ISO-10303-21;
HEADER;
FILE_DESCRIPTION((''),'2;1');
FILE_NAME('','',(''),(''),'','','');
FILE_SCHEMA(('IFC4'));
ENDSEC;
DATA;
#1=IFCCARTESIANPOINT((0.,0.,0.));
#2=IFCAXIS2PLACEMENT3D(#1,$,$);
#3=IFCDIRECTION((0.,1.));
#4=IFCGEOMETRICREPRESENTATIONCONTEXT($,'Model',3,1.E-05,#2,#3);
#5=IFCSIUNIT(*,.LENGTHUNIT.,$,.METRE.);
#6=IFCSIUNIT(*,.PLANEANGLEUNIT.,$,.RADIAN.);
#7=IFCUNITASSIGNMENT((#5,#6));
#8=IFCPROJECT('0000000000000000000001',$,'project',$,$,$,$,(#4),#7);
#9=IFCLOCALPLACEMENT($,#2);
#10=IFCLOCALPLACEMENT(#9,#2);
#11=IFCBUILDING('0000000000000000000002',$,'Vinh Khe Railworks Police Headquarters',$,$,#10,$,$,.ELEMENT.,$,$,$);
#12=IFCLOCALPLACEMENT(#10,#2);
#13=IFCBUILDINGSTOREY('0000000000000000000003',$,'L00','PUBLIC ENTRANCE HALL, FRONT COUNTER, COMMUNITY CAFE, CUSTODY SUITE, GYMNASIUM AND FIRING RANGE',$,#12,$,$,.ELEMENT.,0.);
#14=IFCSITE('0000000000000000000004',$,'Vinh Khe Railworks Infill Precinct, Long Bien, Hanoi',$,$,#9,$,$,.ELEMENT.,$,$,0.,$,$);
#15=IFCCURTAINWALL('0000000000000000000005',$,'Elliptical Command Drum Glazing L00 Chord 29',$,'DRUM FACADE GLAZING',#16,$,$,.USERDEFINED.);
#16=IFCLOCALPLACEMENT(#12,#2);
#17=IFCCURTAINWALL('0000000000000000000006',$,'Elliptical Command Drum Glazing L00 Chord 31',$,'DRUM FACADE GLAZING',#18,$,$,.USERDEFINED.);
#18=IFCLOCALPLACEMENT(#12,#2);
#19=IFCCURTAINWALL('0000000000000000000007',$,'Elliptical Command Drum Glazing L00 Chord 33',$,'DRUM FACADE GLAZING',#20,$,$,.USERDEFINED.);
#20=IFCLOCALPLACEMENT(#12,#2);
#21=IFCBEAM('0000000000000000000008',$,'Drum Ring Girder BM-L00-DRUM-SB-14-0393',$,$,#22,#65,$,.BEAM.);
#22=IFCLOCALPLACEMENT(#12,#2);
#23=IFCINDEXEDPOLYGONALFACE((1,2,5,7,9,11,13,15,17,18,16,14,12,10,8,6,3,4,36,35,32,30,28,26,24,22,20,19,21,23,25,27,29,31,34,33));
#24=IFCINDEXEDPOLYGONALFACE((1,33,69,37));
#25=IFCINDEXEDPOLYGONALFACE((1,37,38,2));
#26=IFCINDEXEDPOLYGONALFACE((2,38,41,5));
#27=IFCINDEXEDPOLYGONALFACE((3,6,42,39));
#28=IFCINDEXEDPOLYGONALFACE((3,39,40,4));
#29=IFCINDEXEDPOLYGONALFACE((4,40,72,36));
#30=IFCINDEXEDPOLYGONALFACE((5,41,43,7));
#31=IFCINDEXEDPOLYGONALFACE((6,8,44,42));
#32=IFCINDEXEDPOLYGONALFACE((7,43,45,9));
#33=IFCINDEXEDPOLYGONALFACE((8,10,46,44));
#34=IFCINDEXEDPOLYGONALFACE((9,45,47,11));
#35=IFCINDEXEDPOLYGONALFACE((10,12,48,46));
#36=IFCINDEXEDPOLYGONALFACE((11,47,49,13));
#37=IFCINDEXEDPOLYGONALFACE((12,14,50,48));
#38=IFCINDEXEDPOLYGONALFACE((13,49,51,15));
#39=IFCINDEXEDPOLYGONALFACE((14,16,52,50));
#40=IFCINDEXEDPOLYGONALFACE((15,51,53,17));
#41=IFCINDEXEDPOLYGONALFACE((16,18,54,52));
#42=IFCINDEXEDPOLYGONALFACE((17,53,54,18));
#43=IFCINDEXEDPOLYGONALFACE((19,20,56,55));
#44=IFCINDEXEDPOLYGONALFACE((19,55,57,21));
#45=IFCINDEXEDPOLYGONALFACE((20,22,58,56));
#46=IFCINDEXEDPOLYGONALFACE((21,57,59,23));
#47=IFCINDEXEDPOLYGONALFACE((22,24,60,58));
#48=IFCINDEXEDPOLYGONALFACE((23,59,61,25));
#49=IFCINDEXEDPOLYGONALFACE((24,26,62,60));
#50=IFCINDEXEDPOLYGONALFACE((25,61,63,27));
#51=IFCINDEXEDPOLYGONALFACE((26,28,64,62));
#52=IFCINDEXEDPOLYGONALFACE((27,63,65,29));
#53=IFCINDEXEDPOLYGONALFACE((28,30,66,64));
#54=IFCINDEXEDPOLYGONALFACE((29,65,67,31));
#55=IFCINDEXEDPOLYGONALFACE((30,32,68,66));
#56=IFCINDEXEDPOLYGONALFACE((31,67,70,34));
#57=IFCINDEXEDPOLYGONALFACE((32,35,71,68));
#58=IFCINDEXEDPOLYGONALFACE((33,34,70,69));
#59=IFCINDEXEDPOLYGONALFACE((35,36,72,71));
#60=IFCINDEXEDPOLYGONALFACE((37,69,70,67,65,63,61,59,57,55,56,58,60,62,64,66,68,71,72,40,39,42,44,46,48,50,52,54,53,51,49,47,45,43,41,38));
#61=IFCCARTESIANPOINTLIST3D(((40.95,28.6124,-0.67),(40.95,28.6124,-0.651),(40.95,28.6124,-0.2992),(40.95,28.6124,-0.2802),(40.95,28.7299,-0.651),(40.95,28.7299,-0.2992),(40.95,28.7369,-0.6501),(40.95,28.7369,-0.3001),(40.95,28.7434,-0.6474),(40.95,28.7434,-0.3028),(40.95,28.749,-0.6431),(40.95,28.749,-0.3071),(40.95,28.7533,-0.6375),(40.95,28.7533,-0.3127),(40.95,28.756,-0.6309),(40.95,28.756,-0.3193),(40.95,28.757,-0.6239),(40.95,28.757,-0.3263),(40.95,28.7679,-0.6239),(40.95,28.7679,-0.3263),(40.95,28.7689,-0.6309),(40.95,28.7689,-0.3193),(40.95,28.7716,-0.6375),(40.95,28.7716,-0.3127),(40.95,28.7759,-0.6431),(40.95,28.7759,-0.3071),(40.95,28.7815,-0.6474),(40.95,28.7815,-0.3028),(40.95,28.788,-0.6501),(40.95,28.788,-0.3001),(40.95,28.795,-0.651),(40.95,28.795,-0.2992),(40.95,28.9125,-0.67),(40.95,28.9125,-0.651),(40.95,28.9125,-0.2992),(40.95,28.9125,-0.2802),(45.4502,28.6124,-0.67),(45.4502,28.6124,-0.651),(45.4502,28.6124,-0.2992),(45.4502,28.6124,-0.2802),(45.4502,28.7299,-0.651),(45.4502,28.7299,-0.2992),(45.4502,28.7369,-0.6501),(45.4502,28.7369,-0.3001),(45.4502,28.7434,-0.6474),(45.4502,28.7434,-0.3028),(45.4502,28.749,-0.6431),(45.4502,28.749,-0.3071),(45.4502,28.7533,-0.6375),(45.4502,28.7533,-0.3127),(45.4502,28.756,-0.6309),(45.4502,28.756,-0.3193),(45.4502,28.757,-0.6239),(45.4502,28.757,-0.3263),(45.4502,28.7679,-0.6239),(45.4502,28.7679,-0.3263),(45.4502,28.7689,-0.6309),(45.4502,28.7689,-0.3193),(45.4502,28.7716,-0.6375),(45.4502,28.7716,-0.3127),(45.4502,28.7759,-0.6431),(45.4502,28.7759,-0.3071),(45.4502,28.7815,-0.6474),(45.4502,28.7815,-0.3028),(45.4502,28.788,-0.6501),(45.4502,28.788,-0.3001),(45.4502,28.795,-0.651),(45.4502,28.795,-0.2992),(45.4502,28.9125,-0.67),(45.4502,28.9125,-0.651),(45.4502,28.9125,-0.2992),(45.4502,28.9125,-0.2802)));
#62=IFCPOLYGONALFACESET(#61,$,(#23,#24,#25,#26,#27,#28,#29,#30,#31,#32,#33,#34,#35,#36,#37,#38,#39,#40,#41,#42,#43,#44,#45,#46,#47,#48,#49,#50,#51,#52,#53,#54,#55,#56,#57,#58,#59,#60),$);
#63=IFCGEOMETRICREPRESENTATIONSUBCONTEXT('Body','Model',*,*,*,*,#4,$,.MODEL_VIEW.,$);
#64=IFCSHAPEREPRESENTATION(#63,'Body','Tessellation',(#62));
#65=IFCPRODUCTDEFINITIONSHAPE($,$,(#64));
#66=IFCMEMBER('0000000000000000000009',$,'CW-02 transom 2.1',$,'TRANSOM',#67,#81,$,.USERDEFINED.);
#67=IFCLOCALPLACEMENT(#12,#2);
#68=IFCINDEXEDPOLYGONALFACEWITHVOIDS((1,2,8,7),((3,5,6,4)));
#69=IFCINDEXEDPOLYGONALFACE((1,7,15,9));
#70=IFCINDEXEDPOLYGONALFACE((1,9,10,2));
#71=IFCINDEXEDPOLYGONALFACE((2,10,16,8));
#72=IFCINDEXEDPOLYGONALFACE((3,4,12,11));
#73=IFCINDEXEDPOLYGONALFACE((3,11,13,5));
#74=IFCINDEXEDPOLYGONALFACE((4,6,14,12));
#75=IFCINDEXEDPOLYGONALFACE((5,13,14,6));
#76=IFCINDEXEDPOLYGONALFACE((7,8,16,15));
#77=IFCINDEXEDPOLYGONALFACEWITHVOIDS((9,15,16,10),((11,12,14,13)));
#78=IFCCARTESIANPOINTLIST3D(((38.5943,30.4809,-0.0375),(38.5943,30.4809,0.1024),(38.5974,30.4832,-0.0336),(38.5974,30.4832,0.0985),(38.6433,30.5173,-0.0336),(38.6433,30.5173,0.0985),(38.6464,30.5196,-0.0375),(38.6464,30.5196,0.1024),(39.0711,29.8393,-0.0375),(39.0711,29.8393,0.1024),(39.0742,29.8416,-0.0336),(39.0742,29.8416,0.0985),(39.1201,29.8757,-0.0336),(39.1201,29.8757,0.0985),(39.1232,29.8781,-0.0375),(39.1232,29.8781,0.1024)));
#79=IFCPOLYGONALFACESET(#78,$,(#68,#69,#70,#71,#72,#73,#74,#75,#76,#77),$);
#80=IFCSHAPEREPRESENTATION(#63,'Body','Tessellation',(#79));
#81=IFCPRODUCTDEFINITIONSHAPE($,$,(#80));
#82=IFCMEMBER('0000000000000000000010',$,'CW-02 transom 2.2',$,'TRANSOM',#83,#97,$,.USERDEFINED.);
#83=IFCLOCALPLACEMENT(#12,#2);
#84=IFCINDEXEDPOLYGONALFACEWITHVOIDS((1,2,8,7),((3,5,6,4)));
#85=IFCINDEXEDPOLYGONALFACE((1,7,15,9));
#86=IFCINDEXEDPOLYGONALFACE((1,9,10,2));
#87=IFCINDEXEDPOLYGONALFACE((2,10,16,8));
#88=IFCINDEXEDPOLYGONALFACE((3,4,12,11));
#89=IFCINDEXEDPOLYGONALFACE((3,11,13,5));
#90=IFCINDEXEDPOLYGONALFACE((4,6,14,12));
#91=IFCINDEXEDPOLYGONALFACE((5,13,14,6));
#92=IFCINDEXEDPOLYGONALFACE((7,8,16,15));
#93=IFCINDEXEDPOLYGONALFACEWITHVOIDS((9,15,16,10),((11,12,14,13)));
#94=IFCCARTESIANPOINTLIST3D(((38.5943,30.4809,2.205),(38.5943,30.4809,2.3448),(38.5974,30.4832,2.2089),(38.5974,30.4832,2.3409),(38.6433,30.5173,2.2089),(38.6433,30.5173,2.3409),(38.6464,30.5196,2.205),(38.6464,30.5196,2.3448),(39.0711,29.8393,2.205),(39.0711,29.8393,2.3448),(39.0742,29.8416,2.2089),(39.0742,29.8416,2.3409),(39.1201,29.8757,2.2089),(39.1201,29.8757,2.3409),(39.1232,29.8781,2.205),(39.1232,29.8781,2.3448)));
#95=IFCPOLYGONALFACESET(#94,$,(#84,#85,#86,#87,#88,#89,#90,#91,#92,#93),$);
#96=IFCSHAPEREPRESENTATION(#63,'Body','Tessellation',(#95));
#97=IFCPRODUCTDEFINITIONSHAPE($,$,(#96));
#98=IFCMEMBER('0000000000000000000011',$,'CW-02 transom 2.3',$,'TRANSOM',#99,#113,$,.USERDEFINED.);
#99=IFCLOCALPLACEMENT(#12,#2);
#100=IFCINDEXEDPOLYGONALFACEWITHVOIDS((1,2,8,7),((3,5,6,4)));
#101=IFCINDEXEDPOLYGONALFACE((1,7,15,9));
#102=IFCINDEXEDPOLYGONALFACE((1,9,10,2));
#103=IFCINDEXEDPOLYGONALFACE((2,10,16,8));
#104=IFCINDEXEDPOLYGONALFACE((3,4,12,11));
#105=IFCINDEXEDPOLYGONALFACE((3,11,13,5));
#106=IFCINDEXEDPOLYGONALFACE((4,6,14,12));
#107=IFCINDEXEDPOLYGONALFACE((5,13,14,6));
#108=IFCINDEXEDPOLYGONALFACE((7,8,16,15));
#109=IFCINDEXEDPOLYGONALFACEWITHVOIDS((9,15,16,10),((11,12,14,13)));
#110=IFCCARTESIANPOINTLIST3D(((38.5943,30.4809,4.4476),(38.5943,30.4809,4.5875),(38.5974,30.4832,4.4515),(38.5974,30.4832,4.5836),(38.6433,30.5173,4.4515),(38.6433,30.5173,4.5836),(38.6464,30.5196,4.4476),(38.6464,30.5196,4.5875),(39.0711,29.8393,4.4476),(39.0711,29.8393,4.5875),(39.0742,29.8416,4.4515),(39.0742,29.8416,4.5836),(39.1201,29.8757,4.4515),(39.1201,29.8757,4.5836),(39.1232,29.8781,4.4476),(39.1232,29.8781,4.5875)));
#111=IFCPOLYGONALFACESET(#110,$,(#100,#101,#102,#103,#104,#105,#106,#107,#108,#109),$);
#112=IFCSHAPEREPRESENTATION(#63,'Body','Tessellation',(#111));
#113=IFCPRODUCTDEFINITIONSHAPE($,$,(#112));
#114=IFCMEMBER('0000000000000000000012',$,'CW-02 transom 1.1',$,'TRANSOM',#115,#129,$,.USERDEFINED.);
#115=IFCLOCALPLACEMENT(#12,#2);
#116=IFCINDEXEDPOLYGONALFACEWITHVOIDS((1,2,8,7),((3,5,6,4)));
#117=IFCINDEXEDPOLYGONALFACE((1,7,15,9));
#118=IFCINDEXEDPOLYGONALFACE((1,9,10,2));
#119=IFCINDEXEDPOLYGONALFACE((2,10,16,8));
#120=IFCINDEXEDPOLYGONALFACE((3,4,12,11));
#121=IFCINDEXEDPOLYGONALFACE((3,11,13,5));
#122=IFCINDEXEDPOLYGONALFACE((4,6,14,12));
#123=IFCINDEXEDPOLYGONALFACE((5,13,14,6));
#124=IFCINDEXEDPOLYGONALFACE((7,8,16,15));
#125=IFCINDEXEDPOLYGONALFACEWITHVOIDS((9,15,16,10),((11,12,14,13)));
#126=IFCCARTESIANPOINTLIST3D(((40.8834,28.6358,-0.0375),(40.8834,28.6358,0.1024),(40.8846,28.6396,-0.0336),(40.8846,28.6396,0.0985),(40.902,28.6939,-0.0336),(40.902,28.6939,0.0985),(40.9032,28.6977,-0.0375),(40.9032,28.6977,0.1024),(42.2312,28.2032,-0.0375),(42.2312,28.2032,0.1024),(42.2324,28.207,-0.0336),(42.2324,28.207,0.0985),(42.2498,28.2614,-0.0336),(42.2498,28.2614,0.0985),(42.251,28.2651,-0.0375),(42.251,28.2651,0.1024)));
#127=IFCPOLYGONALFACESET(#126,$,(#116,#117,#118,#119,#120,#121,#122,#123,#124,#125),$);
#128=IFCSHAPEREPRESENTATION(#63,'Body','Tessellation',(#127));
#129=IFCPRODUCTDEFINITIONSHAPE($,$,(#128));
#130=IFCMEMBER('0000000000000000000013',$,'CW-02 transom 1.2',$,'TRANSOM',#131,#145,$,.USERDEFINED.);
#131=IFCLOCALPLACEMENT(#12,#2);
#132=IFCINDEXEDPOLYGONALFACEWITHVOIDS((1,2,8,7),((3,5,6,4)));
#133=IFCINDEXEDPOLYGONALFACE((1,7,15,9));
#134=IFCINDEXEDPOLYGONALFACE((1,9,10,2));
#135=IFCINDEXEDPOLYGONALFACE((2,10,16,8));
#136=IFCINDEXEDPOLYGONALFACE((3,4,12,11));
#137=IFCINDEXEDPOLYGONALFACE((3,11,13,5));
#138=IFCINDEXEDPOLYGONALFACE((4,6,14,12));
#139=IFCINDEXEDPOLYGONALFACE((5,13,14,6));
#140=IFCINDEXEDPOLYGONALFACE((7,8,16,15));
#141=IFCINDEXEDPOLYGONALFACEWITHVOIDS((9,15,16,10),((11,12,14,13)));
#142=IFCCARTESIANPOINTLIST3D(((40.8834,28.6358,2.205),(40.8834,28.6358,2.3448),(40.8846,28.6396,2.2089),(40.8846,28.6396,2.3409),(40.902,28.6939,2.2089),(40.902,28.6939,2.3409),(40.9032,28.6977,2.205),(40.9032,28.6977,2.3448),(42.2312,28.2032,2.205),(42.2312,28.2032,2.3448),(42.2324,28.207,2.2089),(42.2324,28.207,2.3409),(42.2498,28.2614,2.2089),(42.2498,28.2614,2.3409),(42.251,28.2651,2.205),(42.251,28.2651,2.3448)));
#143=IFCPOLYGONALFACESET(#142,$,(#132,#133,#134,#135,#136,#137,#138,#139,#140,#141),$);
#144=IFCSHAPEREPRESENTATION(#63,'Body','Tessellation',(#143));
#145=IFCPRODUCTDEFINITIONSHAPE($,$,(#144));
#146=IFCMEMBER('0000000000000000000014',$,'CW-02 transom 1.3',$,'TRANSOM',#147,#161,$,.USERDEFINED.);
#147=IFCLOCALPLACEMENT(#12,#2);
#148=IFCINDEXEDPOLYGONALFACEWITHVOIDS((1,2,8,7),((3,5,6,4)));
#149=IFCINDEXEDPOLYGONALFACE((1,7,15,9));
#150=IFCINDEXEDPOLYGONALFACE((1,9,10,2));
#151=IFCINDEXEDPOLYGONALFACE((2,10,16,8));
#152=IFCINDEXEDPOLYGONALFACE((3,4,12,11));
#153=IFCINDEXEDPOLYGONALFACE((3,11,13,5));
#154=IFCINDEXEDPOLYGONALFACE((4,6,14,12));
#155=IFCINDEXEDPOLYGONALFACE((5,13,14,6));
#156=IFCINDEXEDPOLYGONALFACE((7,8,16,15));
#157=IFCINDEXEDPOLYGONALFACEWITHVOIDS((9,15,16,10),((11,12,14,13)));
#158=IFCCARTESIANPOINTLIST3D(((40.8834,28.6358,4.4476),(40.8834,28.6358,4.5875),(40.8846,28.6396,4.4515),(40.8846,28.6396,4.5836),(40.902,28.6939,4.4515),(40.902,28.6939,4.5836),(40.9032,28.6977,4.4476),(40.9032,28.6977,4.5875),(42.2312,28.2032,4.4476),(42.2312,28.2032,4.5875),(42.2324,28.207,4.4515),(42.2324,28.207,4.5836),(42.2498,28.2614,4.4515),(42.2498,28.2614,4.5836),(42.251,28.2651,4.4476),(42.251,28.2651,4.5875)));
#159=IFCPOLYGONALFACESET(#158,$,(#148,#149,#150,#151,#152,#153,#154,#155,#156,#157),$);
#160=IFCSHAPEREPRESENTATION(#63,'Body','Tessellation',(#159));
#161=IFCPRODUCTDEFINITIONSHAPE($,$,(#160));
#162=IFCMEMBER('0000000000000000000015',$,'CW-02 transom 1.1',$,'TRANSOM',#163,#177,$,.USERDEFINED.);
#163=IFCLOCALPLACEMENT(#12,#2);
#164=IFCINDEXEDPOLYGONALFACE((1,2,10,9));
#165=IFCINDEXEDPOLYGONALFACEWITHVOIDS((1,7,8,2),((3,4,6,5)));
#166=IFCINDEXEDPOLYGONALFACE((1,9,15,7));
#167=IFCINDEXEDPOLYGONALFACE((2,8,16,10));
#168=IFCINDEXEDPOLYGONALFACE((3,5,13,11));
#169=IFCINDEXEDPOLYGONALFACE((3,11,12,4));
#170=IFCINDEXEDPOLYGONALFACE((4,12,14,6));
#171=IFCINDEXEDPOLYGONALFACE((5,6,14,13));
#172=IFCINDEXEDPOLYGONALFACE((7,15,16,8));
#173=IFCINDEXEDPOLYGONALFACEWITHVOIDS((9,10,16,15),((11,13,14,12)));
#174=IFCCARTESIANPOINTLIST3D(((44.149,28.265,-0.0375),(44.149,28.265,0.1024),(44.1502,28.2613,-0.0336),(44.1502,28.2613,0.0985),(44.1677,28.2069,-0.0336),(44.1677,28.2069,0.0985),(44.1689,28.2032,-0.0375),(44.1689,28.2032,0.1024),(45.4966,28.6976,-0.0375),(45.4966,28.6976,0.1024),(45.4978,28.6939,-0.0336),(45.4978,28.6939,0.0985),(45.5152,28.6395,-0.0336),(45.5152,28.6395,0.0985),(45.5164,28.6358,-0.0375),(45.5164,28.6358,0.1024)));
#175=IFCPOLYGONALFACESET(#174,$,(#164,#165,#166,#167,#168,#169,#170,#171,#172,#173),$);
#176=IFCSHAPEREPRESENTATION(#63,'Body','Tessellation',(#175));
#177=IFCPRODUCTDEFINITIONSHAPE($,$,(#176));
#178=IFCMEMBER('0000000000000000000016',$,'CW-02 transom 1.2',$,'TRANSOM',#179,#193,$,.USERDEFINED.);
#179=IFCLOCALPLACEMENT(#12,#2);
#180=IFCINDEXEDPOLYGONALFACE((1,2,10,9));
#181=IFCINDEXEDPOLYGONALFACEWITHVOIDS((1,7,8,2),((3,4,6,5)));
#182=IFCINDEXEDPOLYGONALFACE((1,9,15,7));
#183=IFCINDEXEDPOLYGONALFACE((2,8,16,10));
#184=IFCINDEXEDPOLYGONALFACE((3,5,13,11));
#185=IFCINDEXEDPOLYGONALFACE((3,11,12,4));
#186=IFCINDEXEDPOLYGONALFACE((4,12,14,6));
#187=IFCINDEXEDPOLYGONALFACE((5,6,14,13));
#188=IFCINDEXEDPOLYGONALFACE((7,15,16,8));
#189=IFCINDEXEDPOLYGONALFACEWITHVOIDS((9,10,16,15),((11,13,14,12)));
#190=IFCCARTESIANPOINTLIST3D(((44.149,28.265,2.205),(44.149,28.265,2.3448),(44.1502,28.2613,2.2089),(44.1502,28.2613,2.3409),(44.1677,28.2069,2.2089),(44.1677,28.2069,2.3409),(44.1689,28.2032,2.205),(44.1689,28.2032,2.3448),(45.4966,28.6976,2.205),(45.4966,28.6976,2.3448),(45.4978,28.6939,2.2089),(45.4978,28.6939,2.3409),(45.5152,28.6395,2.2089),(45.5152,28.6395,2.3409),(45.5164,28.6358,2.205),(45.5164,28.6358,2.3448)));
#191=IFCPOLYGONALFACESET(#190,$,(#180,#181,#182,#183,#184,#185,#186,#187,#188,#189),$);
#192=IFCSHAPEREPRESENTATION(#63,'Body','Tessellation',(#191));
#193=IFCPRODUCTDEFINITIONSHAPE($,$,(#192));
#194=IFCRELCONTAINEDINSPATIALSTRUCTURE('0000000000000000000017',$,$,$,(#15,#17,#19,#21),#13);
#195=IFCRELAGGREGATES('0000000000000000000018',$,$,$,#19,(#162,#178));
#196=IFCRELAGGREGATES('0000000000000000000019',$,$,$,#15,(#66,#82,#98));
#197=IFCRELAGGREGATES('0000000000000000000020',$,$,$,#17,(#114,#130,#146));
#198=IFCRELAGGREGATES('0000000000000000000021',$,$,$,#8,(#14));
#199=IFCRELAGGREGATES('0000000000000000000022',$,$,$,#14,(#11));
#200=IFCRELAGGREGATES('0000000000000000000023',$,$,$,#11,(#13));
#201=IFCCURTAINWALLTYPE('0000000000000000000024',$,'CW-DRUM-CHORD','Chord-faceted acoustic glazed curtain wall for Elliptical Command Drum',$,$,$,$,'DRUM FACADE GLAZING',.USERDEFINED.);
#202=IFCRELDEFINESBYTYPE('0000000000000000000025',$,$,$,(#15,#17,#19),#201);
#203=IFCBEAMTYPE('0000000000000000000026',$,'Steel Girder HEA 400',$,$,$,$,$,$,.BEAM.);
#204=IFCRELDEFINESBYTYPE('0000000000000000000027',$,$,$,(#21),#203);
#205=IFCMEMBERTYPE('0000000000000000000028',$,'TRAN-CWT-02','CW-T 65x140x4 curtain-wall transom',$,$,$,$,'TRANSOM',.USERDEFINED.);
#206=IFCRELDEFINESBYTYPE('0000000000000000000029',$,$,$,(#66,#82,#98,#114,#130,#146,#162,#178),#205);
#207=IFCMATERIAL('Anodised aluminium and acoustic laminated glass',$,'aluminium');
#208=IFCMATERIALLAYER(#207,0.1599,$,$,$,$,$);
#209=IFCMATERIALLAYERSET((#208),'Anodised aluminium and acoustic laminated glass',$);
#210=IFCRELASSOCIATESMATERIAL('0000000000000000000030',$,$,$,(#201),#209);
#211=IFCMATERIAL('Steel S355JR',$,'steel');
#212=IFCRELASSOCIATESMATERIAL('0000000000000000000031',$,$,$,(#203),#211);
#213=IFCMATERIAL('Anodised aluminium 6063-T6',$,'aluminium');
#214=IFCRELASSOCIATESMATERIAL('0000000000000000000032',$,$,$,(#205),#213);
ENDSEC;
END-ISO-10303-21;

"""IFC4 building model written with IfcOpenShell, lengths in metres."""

from ifc_helpers import new_model, si_unit, direction, frame, origin, origin_2d, place, context, subcontext, project, spatial, hollow_rectangle, i_section, extrude, material, layer, layer_set, material_profile, profile_set, type_object, element, aggregate, save


model = new_model("IFC4")

# Units and contexts
model_context = context("Model", 3, precision=1e-05, world=origin(), true_north=direction((0.0, 1.0)))
body_context = subcontext(model_context, "Body", "Model", "MODEL_VIEW")
ifc_project = project(units=[si_unit("LENGTHUNIT", "METRE"), si_unit("PLANEANGLEUNIT", "RADIAN")], contexts=[model_context])

# Site, building, storey
site_placement = place(None, origin())
site = spatial("IfcSite", under=ifc_project, at=site_placement, Name="Vinh Khe Railworks Infill Precinct, Long Bien, Hanoi", CompositionType="ELEMENT", RefElevation=0.0)
building_placement = place(site_placement, origin())
building = spatial("IfcBuilding", under=site, at=building_placement, Name="Vinh Khe Railworks Police Headquarters", CompositionType="ELEMENT")
storey_placement = place(building_placement, origin())
storey = spatial("IfcBuildingStorey", under=building, at=storey_placement, Name="L00", Description="PUBLIC ENTRANCE HALL, FRONT COUNTER, COMMUNITY CAFE, CUSTODY SUITE, GYMNASIUM AND FIRING RANGE", CompositionType="ELEMENT", Elevation=0.0)

# Shared definitions
ifc_material_1 = material(Name="Steel S355JR", Category="steel")

# Curtain walls
ifc_material_2 = material(Name="Anodised aluminium and acoustic laminated glass", Category="aluminium")
ifc_layer_1 = layer(ifc_material_2, 0.1599)
ifc_layer_set_1 = layer_set([ifc_layer_1], Name="Anodised aluminium and acoustic laminated glass")
curtain_wall_type_1 = type_object("IfcCurtainWallType", Name="CW-DRUM-CHORD", Description="Chord-faceted acoustic glazed curtain wall for Elliptical Command Drum", ElementType="DRUM FACADE GLAZING", PredefinedType="USERDEFINED", material=ifc_layer_set_1)
curtain_wall_1_placement = place(storey_placement, origin())
curtain_wall_1 = element("IfcCurtainWall", 1, at=curtain_wall_1_placement, inside=storey, type_object=curtain_wall_type_1, Name="Elliptical Command Drum Glazing L00 Chord 29", ObjectType="DRUM FACADE GLAZING", PredefinedType="USERDEFINED")
ifc_material_3 = material(Name="Anodised aluminium 6063-T6", Category="aluminium")
curtain_wall_2_placement = place(storey_placement, origin())
curtain_wall_2 = element("IfcCurtainWall", 2, at=curtain_wall_2_placement, inside=storey, type_object=curtain_wall_type_1, Name="Elliptical Command Drum Glazing L00 Chord 31", ObjectType="DRUM FACADE GLAZING", PredefinedType="USERDEFINED")

# Curtain wall
curtain_wall_3_placement = place(storey_placement, origin())
curtain_wall_3 = element("IfcCurtainWall", 3, at=curtain_wall_3_placement, inside=storey, type_object=curtain_wall_type_1, Name="Elliptical Command Drum Glazing L00 Chord 33", ObjectType="DRUM FACADE GLAZING", PredefinedType="USERDEFINED")

# Beam
ifc_material_profile_1 = material_profile(ifc_material_1, i_section(OverallWidth=0.3, OverallDepth=0.3899, WebThickness=0.011, FlangeThickness=0.019, FilletRadius=0.0271, at=origin_2d()), Name="HEA 400")
ifc_profile_set_1 = profile_set([ifc_material_profile_1], Name="Steel S355JR")
beam_type = type_object("IfcBeamType", Name="Steel Girder HEA 400", PredefinedType="BEAM", material=ifc_profile_set_1)
beam_placement = place(storey_placement, frame((40.95, 28.7625, -0.4751), z_axis=(1.0, 0.0, 0.0), x_axis=(0.0, 1.0, 0.0)))
element("IfcBeam", 4, at=beam_placement, inside=storey, type_object=beam_type, Name="Drum Ring Girder BM-L00-DRUM-SB-14-0393", PredefinedType="BEAM", context=body_context, shape_type="SweptSolid", body=[
    extrude(i_section(OverallWidth=0.3, OverallDepth=0.3899, WebThickness=0.011, FlangeThickness=0.019, FilletRadius=0.0271, at=origin_2d()), origin(), (0.0, 0.0, 1.0), 4.5002),
])

# Members
ifc_material_profile_2 = material_profile(ifc_material_3, hollow_rectangle(XDim=0.0649, YDim=0.1399, WallThickness=0.0039, at=origin_2d()), Name="CW-T 65x140x4")
ifc_profile_set_2 = profile_set([ifc_material_profile_2], Name="Anodised aluminium 6063-T6")
member_type_1 = type_object("IfcMemberType", Name="TRAN-CWT-02", Description="CW-T 65x140x4 curtain-wall transom", ElementType="TRANSOM", PredefinedType="USERDEFINED", material=ifc_profile_set_2)
member_1_placement = place(storey_placement, frame((38.6204, 30.5002, 0.0325), z_axis=(0.596476, -0.802631, 0.0), x_axis=(0.802631, 0.596476, 0.0)))
member_1 = element("IfcMember", 5, at=member_1_placement, type_object=member_type_1, Name="CW-02 transom 2.1", ObjectType="TRANSOM", PredefinedType="USERDEFINED", context=body_context, shape_type="SweptSolid", body=[
    extrude(hollow_rectangle(XDim=0.0649, YDim=0.1399, WallThickness=0.0039, at=origin_2d()), origin(), (0.0, 0.0, 1.0), 0.7993),
])
member_2_placement = place(storey_placement, frame((38.6204, 30.5002, 2.2749), z_axis=(0.596476, -0.802631, 0.0), x_axis=(0.802631, 0.596476, 0.0)))
member_2 = element("IfcMember", 6, at=member_2_placement, type_object=member_type_1, Name="CW-02 transom 2.2", ObjectType="TRANSOM", PredefinedType="USERDEFINED", context=body_context, shape_type="SweptSolid", body=[
    extrude(hollow_rectangle(XDim=0.0649, YDim=0.1399, WallThickness=0.0039, at=origin_2d()), origin(), (0.0, 0.0, 1.0), 0.7993),
])
member_3_placement = place(storey_placement, frame((38.6204, 30.5002, 4.5176), z_axis=(0.596476, -0.802631, 0.0), x_axis=(0.802631, 0.596476, 0.0)))
member_3 = element("IfcMember", 7, at=member_3_placement, type_object=member_type_1, Name="CW-02 transom 2.3", ObjectType="TRANSOM", PredefinedType="USERDEFINED", context=body_context, shape_type="SweptSolid", body=[
    extrude(hollow_rectangle(XDim=0.0649, YDim=0.1399, WallThickness=0.0039, at=origin_2d()), origin(), (0.0, 0.0, 1.0), 0.7993),
])
member_4_placement = place(storey_placement, frame((40.8933, 28.6667, 0.0325), z_axis=(0.952159, -0.305602, 0.0), x_axis=(0.305602, 0.952159, 0.0)))
member_4 = element("IfcMember", 8, at=member_4_placement, type_object=member_type_1, Name="CW-02 transom 1.1", ObjectType="TRANSOM", PredefinedType="USERDEFINED", context=body_context, shape_type="SweptSolid", body=[
    extrude(hollow_rectangle(XDim=0.0649, YDim=0.1399, WallThickness=0.0039, at=origin_2d()), origin(), (0.0, 0.0, 1.0), 1.4155),
])
member_5_placement = place(storey_placement, frame((40.8933, 28.6667, 2.2749), z_axis=(0.952159, -0.305602, 0.0), x_axis=(0.305602, 0.952159, 0.0)))
member_5 = element("IfcMember", 9, at=member_5_placement, type_object=member_type_1, Name="CW-02 transom 1.2", ObjectType="TRANSOM", PredefinedType="USERDEFINED", context=body_context, shape_type="SweptSolid", body=[
    extrude(hollow_rectangle(XDim=0.0649, YDim=0.1399, WallThickness=0.0039, at=origin_2d()), origin(), (0.0, 0.0, 1.0), 1.4155),
])
member_6_placement = place(storey_placement, frame((40.8933, 28.6667, 4.5176), z_axis=(0.952159, -0.305602, 0.0), x_axis=(0.305602, 0.952159, 0.0)))
member_6 = element("IfcMember", 10, at=member_6_placement, type_object=member_type_1, Name="CW-02 transom 1.3", ObjectType="TRANSOM", PredefinedType="USERDEFINED", context=body_context, shape_type="SweptSolid", body=[
    extrude(hollow_rectangle(XDim=0.0649, YDim=0.1399, WallThickness=0.0039, at=origin_2d()), origin(), (0.0, 0.0, 1.0), 1.4155),
])
member_7_placement = place(storey_placement, frame((44.1589, 28.2341, 0.0325), z_axis=(0.952143, 0.305652, 0.0), x_axis=(-0.305652, 0.952143, 0.0)))
member_7 = element("IfcMember", 11, at=member_7_placement, type_object=member_type_1, Name="CW-02 transom 1.1", ObjectType="TRANSOM", PredefinedType="USERDEFINED", context=body_context, shape_type="SweptSolid", body=[
    extrude(hollow_rectangle(XDim=0.0649, YDim=0.1399, WallThickness=0.0039, at=origin_2d()), origin(), (0.0, 0.0, 1.0), 1.4153),
])
member_8_placement = place(storey_placement, frame((44.1589, 28.2341, 2.2749), z_axis=(0.952143, 0.305652, 0.0), x_axis=(-0.305652, 0.952143, 0.0)))
member_8 = element("IfcMember", 12, at=member_8_placement, type_object=member_type_1, Name="CW-02 transom 1.2", ObjectType="TRANSOM", PredefinedType="USERDEFINED", context=body_context, shape_type="SweptSolid", body=[
    extrude(hollow_rectangle(XDim=0.0649, YDim=0.1399, WallThickness=0.0039, at=origin_2d()), origin(), (0.0, 0.0, 1.0), 1.4153),
])
aggregate(curtain_wall_3, [member_7, member_8])

aggregate(curtain_wall_1, [member_1, member_2, member_3])
aggregate(curtain_wall_2, [member_4, member_5, member_6])

save(model, "model.ifc")
